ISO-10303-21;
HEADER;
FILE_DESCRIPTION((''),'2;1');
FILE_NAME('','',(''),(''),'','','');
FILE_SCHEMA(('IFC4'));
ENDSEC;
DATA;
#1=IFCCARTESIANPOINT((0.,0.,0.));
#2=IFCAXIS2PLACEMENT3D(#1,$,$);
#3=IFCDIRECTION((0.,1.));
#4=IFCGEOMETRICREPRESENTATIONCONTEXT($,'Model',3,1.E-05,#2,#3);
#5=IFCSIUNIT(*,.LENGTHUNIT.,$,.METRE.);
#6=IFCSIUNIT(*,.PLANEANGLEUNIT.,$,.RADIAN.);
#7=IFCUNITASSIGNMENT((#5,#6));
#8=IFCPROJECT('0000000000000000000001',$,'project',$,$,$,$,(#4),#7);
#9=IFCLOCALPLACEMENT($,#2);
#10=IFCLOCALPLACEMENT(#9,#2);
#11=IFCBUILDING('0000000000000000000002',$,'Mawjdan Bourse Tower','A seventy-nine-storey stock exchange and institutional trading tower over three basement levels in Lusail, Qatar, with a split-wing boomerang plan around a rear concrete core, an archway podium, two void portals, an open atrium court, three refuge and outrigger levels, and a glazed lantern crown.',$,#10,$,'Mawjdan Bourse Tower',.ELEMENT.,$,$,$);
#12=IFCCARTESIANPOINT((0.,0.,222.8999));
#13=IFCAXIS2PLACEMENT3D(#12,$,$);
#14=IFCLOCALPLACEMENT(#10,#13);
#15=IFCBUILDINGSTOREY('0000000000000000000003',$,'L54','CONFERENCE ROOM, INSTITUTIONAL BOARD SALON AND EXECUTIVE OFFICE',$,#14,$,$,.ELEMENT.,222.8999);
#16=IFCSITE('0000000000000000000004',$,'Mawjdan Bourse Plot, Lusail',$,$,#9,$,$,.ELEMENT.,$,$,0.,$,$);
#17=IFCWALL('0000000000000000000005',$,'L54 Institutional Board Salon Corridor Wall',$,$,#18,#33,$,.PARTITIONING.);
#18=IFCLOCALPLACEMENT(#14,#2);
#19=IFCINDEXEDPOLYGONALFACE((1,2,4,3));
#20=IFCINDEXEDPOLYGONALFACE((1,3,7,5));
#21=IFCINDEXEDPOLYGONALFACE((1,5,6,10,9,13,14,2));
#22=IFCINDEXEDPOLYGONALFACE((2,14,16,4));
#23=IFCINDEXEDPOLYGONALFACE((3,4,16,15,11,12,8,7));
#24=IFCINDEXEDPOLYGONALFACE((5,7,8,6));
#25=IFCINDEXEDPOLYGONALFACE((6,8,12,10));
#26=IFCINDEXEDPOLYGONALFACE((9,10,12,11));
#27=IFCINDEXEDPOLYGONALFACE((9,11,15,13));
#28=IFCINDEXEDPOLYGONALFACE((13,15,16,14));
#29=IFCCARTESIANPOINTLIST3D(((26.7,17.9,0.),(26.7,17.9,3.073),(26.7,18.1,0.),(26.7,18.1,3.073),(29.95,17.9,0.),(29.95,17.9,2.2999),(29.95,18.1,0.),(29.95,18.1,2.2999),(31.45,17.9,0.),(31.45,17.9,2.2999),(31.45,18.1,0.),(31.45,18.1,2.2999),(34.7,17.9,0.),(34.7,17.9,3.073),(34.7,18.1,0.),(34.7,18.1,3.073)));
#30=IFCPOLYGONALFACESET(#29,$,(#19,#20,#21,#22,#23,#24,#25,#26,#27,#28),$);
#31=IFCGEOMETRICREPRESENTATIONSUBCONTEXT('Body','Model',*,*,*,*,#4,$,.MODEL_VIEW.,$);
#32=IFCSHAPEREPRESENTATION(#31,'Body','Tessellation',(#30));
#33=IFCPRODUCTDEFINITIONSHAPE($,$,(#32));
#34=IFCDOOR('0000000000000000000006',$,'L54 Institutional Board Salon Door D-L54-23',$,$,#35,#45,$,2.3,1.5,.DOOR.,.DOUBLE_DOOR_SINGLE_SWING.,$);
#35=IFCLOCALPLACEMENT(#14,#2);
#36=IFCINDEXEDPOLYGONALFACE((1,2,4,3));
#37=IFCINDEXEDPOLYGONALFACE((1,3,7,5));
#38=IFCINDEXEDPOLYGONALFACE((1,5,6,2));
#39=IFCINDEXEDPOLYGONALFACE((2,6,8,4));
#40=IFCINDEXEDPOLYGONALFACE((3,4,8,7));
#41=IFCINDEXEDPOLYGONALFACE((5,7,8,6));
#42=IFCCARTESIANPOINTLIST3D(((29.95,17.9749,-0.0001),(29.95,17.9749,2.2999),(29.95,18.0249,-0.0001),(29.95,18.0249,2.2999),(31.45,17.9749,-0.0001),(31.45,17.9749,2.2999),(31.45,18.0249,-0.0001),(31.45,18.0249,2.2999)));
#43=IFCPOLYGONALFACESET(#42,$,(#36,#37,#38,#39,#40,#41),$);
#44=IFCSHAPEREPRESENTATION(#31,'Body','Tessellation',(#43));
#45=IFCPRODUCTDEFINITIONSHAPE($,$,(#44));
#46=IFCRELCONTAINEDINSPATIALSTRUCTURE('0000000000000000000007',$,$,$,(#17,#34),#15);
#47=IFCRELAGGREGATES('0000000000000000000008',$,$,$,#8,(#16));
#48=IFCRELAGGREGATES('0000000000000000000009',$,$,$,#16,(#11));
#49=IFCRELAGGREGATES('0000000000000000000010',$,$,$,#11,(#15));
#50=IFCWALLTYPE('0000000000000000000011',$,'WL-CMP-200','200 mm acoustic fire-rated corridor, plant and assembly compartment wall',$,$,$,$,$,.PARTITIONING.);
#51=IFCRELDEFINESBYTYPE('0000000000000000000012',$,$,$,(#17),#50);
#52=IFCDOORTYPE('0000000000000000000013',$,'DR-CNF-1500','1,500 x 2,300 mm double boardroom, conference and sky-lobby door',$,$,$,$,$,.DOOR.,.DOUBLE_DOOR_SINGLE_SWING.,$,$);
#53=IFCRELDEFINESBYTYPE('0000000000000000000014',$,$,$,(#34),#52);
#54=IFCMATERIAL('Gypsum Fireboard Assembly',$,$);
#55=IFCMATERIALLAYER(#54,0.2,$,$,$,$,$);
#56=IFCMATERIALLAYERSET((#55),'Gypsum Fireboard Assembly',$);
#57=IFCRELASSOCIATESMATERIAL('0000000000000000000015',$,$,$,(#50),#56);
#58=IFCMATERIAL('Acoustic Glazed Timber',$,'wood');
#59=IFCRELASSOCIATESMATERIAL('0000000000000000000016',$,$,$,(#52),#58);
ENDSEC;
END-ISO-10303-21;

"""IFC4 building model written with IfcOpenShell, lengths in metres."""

from ifc_helpers import new_model, si_unit, direction, frame, frame_2d, origin, place, context, subcontext, project, spatial, rectangle, extrude, material, layer, layer_set, type_object, element, fill, save


model = new_model("IFC4")

# Units and contexts
model_context = context("Model", 3, precision=1e-05, world=origin(), true_north=direction((0.0, 1.0)))
body_context = subcontext(model_context, "Body", "Model", "MODEL_VIEW")
ifc_project = project(units=[si_unit("LENGTHUNIT", "METRE"), si_unit("PLANEANGLEUNIT", "RADIAN")], contexts=[model_context])

# Site, building, storey
site_placement = place(None, origin())
site = spatial("IfcSite", under=ifc_project, at=site_placement, Name="Mawjdan Bourse Plot, Lusail", CompositionType="ELEMENT", RefElevation=0.0)
building_placement = place(site_placement, origin())
building = spatial("IfcBuilding", under=site, at=building_placement, Name="Mawjdan Bourse Tower", Description="A seventy-nine-storey stock exchange and institutional trading tower over three basement levels in Lusail, Qatar, with a split-wing boomerang plan around a rear concrete core, an archway podium, two void portals, an open atrium court, three refuge and outrigger levels, and a glazed lantern crown.", LongName="Mawjdan Bourse Tower", CompositionType="ELEMENT")
storey_placement = place(building_placement, frame((0.0, 0.0, 222.8999)))
storey = spatial("IfcBuildingStorey", under=building, at=storey_placement, Name="L54", Description="CONFERENCE ROOM, INSTITUTIONAL BOARD SALON AND EXECUTIVE OFFICE", CompositionType="ELEMENT", Elevation=222.8999)

# Shared definitions
ifc_material_1 = material(Name="Gypsum Fireboard Assembly")
ifc_layer_1 = layer(ifc_material_1, 0.2)
ifc_layer_set_1 = layer_set([ifc_layer_1], Name="Gypsum Fireboard Assembly")
wall_type_1 = type_object("IfcWallType", Name="WL-CMP-200", Description="200 mm acoustic fire-rated corridor, plant and assembly compartment wall", PredefinedType="PARTITIONING", material=ifc_layer_set_1)
ifc_material_2 = material(Name="Acoustic Glazed Timber", Category="wood")
door_type_1 = type_object("IfcDoorType", Name="DR-CNF-1500", Description="1,500 x 2,300 mm double boardroom, conference and sky-lobby door", OperationType="DOUBLE_DOOR_SINGLE_SWING", PredefinedType="DOOR", material=ifc_material_2)

# Wall, opening, door
wall_1_placement = place(storey_placement, frame((26.7, 18.0, 0.0), z_axis=(0.0, 0.0, 1.0), x_axis=(1.0, 0.0, 0.0)))
wall_1 = element("IfcWall", 1, at=wall_1_placement, inside=storey, type_object=wall_type_1, Name="L54 Institutional Board Salon Corridor Wall", PredefinedType="PARTITIONING", context=body_context, shape_type="SweptSolid", body=[
    extrude(rectangle(XDim=8.0, YDim=0.2, at=frame_2d((4.0, 0.0))), origin(), (0.0, 0.0, 1.0), 3.073),
])
opening_1_placement = place(wall_1_placement, frame((3.25, 0.0, 0.0)))
opening_1 = element("IfcOpeningElement", 2, at=opening_1_placement, cuts=wall_1, PredefinedType="OPENING", context=body_context, shape_type="SweptSolid", body=[
    extrude(rectangle(XDim=1.5, YDim=2.3, at=frame_2d((0.75, 1.1499))), frame((0.0, 0.1099, 0.0), z_axis=(0.0, -1.0, 0.0), x_axis=(1.0, 0.0, 0.0)), (0.0, 0.0, 1.0), 0.22),
])
door_1_placement = place(opening_1_placement, origin())
door_1 = element("IfcDoor", 3, at=door_1_placement, inside=storey, type_object=door_type_1, Name="L54 Institutional Board Salon Door D-L54-23", OperationType="DOUBLE_DOOR_SINGLE_SWING", OverallHeight=2.3, OverallWidth=1.5, PredefinedType="DOOR", context=body_context, shape_type="SweptSolid", body=[
    extrude(rectangle(XDim=1.5, YDim=2.3, at=frame_2d((0.75, 1.1499))), frame((0.0, 0.0249, 0.0), z_axis=(0.0, -1.0, 0.0), x_axis=(1.0, 0.0, 0.0)), (0.0, 0.0, 1.0), 0.05),
])
fill(opening_1, door_1)

save(model, "model.ifc")
